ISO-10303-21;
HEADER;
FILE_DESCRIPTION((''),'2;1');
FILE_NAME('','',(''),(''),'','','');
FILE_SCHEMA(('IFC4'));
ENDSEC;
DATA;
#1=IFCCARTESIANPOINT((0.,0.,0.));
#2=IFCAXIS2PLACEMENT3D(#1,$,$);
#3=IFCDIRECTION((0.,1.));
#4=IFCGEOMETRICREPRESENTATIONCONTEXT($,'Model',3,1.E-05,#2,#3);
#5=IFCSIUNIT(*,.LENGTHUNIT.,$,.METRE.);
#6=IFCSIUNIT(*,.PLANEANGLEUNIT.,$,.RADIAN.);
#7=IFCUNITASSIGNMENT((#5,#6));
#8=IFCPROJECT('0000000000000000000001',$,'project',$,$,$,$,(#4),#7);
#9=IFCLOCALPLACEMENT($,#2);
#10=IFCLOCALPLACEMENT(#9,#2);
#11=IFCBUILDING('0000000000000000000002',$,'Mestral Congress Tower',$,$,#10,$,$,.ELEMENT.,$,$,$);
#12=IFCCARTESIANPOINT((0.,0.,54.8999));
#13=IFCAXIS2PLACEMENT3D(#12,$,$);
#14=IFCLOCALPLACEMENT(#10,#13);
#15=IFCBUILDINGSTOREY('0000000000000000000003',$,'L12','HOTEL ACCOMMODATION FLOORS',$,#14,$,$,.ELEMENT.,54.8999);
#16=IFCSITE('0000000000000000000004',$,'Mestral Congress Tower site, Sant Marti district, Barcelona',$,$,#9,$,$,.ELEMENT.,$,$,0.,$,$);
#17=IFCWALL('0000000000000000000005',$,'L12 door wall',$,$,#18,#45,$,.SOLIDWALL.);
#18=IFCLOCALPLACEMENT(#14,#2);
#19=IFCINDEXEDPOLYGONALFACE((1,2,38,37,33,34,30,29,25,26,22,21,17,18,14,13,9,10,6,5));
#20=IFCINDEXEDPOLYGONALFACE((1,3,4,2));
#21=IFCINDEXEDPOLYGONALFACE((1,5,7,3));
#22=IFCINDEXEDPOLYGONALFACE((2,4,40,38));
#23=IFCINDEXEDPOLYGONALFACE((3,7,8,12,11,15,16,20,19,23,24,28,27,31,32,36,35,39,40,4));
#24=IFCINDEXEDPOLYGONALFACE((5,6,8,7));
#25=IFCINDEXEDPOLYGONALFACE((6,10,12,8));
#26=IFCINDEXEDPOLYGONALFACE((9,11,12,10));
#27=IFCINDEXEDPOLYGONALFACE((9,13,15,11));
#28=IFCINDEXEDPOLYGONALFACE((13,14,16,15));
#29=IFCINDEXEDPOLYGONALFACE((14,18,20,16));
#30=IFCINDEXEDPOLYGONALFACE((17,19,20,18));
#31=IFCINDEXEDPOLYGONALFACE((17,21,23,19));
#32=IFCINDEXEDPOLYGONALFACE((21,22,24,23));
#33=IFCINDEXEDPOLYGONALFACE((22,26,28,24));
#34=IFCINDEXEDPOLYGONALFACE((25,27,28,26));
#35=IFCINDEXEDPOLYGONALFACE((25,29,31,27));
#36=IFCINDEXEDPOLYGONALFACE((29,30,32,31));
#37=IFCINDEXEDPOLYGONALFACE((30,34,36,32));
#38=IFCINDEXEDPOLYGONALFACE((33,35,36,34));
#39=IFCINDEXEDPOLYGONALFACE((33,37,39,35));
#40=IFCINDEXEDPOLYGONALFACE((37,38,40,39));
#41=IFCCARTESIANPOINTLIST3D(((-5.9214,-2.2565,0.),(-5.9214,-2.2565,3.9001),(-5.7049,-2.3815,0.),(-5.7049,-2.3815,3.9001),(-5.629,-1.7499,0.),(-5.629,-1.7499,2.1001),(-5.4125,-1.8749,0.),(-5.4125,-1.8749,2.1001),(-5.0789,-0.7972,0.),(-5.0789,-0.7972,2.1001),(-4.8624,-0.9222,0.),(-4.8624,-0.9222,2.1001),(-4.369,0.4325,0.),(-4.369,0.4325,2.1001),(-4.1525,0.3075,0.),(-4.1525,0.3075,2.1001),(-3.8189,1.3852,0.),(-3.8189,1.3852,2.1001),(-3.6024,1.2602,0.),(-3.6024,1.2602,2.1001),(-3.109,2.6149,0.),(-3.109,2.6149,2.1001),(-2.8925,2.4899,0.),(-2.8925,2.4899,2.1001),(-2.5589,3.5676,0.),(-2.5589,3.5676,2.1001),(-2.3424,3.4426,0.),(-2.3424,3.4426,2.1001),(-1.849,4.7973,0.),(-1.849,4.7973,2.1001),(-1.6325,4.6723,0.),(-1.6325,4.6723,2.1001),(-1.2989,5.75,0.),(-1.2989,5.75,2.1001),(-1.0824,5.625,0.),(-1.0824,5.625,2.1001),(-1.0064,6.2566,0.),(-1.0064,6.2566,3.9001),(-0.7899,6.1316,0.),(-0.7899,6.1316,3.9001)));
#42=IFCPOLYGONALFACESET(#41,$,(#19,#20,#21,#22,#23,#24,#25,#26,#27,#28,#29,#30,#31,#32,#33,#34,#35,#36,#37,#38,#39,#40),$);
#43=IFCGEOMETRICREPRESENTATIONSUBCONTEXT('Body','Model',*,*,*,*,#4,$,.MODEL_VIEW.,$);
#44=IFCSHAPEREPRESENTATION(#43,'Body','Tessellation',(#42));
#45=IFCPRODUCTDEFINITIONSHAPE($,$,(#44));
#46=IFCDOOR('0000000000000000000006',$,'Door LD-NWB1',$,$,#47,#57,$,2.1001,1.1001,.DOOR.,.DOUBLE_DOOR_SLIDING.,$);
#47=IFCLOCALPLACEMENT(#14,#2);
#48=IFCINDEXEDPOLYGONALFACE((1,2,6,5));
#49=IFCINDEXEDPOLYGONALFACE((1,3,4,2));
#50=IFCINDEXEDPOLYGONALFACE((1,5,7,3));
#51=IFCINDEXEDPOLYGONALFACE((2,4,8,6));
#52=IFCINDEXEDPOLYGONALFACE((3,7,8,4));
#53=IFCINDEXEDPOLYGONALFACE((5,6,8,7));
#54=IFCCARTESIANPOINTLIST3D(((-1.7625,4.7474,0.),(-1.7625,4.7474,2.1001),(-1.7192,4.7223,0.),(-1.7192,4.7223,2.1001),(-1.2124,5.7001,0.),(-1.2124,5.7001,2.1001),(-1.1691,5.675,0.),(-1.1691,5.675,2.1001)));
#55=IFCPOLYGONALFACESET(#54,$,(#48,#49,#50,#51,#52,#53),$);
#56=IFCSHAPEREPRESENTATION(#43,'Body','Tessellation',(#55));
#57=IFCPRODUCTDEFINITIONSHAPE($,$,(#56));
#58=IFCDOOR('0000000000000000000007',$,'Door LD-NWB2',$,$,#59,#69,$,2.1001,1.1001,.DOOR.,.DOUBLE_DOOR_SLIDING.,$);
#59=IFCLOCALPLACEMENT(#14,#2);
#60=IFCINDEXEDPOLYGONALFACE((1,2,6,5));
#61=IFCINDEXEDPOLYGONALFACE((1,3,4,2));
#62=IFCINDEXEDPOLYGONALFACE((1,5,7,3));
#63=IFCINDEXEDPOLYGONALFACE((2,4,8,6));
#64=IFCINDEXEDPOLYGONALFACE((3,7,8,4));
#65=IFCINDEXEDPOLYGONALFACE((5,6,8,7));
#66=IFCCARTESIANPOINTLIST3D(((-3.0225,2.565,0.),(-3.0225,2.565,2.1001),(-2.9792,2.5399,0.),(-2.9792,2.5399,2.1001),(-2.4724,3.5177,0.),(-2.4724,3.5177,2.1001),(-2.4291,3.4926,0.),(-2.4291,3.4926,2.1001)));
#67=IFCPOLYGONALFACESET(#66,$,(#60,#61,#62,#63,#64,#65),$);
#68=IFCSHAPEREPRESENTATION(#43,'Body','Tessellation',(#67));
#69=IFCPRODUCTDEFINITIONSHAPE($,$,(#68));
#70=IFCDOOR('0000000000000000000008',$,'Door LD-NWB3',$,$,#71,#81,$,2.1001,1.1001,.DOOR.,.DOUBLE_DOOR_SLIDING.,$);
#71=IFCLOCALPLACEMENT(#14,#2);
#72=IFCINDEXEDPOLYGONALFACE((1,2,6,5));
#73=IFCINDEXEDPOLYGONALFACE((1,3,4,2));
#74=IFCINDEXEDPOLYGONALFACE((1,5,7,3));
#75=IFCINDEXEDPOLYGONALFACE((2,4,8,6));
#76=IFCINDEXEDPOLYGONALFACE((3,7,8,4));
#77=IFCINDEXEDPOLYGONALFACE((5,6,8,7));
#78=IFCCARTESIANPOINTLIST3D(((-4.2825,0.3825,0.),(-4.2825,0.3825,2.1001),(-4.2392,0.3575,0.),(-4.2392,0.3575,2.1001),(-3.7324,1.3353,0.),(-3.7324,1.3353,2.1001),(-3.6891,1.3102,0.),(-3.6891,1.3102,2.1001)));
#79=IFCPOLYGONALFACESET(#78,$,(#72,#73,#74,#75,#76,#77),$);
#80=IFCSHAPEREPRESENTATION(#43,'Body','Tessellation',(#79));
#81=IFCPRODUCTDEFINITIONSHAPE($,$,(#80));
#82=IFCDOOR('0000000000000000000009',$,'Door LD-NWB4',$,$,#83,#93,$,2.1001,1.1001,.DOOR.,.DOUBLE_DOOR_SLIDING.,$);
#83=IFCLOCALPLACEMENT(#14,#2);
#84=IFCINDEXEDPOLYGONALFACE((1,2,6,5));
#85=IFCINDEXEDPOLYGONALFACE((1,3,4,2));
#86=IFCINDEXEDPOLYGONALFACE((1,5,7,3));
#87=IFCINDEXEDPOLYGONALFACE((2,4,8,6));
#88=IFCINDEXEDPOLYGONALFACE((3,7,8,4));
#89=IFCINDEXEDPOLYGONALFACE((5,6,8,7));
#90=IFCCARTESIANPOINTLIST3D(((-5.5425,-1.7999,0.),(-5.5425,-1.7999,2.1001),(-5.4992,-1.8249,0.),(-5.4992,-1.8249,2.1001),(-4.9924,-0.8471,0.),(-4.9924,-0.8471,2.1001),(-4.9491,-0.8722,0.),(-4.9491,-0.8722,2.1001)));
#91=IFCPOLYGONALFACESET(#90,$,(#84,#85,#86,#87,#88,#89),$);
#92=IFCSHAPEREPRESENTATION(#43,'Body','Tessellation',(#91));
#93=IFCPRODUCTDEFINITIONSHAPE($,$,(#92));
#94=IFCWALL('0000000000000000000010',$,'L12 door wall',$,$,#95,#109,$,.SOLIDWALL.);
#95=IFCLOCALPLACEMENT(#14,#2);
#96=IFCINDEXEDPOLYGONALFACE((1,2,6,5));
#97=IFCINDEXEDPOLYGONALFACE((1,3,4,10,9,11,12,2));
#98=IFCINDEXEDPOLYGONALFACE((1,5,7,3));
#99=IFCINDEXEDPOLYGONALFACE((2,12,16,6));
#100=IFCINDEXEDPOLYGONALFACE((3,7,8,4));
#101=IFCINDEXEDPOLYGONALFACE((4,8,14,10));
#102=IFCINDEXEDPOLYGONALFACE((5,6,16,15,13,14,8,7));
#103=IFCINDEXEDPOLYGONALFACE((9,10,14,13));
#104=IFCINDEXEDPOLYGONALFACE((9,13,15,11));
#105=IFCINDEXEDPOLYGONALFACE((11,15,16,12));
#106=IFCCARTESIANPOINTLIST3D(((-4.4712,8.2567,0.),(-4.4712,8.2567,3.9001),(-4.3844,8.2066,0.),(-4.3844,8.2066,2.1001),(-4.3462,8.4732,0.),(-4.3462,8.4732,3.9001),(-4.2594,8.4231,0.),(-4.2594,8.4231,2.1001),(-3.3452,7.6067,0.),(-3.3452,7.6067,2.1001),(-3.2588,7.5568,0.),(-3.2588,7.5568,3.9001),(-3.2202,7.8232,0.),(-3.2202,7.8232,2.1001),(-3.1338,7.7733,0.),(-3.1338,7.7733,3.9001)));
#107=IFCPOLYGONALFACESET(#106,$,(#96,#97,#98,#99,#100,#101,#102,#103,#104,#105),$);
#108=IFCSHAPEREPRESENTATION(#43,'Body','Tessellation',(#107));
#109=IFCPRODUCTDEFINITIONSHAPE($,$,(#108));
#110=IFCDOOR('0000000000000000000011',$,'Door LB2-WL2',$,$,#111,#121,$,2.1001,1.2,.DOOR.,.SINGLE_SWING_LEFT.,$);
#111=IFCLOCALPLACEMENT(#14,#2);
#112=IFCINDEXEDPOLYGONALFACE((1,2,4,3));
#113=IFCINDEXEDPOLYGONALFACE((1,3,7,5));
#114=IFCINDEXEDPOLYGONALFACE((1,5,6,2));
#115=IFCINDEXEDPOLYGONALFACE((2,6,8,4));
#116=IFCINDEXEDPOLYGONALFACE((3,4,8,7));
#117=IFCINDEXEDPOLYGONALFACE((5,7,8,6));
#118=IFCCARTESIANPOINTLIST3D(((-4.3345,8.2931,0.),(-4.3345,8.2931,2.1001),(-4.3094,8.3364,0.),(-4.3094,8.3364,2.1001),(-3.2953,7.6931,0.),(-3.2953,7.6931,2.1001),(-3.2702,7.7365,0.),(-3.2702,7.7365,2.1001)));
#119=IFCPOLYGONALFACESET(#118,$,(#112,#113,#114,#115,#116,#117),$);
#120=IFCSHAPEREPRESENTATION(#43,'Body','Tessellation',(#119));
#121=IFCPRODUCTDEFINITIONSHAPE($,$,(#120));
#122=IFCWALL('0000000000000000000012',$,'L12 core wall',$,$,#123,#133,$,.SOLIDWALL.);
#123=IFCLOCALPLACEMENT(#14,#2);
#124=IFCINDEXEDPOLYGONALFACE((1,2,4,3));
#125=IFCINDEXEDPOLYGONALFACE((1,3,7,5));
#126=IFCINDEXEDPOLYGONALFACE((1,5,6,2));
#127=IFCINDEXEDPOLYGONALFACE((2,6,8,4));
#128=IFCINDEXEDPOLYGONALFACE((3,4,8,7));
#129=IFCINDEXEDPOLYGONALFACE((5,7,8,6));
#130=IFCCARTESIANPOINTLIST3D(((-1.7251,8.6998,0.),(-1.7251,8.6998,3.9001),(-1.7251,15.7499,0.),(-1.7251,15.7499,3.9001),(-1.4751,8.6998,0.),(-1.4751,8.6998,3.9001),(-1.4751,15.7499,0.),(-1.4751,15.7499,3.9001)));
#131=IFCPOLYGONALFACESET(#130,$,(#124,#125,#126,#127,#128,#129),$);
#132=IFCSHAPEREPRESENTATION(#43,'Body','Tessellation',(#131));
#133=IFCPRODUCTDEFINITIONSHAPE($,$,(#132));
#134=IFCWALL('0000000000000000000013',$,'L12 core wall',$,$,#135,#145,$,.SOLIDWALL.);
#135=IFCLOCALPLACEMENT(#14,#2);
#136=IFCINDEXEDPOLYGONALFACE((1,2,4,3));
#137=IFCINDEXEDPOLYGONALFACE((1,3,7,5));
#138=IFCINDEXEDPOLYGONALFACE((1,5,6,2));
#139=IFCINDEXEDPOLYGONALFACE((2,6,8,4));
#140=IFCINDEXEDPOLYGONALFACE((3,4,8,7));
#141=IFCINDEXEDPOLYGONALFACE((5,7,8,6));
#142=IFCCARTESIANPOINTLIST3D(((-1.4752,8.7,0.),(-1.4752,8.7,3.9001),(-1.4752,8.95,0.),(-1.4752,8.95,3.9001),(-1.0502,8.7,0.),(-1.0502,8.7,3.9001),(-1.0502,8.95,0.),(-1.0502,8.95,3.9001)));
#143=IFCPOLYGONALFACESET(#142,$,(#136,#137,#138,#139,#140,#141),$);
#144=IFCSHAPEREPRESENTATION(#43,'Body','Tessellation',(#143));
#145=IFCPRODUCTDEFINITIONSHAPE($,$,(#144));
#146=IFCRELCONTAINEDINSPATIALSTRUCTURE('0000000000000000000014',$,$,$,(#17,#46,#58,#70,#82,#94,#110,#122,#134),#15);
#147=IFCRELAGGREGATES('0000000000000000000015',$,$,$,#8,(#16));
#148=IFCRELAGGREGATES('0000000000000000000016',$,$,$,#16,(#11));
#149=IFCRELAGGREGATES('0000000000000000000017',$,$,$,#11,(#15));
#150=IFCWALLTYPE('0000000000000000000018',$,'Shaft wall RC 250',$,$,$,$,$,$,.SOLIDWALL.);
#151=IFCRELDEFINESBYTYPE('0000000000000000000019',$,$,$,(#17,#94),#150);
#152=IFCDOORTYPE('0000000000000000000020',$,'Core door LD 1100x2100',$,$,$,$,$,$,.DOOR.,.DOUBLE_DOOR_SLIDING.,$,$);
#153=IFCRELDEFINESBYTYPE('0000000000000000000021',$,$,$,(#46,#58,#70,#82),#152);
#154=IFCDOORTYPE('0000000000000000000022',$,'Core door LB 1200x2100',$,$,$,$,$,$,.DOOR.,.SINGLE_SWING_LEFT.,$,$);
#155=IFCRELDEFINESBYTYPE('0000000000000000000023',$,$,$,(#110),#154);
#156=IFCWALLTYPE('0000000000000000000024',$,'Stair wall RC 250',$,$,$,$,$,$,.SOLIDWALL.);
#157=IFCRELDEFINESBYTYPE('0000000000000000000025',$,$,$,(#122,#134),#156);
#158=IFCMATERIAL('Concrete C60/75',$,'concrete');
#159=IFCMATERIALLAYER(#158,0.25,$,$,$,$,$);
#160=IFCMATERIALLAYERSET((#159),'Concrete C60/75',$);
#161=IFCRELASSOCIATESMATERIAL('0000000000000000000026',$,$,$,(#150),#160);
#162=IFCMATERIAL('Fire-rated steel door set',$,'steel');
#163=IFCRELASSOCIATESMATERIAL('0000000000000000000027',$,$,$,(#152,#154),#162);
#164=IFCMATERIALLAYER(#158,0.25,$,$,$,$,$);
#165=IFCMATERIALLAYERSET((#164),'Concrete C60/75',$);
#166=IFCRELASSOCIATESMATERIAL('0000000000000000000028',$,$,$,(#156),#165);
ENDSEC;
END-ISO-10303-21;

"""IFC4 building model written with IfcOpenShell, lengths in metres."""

from ifc_helpers import new_model, si_unit, direction, frame, frame_2d, origin, place, context, subcontext, project, spatial, rectangle, extrude, material, layer, layer_set, type_object, element, fill, save


model = new_model("IFC4")

# Units and contexts
model_context = context("Model", 3, precision=1e-05, world=origin(), true_north=direction((0.0, 1.0)))
body_context = subcontext(model_context, "Body", "Model", "MODEL_VIEW")
ifc_project = project(units=[si_unit("LENGTHUNIT", "METRE"), si_unit("PLANEANGLEUNIT", "RADIAN")], contexts=[model_context])

# Site, building, storey
site_placement = place(None, origin())
site = spatial("IfcSite", under=ifc_project, at=site_placement, Name="Mestral Congress Tower site, Sant Marti district, Barcelona", CompositionType="ELEMENT", RefElevation=0.0)
building_placement = place(site_placement, origin())
building = spatial("IfcBuilding", under=site, at=building_placement, Name="Mestral Congress Tower", CompositionType="ELEMENT")
storey_placement = place(building_placement, frame((0.0, 0.0, 54.8999)))
storey = spatial("IfcBuildingStorey", under=building, at=storey_placement, Name="L12", Description="HOTEL ACCOMMODATION FLOORS", CompositionType="ELEMENT", Elevation=54.8999)

# Shared definitions
ifc_material_1 = material(Name="Fire-rated steel door set", Category="steel")

# Shared definitions
ifc_material_2 = material(Name="Concrete C60/75", Category="concrete")
ifc_layer_1 = layer(ifc_material_2, 0.25)
ifc_layer_set_1 = layer_set([ifc_layer_1], Name="Concrete C60/75")
wall_type_1 = type_object("IfcWallType", Name="Shaft wall RC 250", PredefinedType="SOLIDWALL", material=ifc_layer_set_1)

# Wall, openings, doors
wall_1_placement = place(storey_placement, frame((-0.8982, 6.1941, 0.0), z_axis=(0.0, 0.0, 1.0), x_axis=(-0.499996, -0.866028, 0.0)))
wall_1 = element("IfcWall", 1, at=wall_1_placement, inside=storey, type_object=wall_type_1, Name="L12 door wall", PredefinedType="SOLIDWALL", context=body_context, shape_type="SweptSolid", body=[
    extrude(rectangle(XDim=9.8301, YDim=0.25, at=frame_2d((4.915, 0.0))), origin(), (0.0, 0.0, 1.0), 3.9001),
])
opening_1_placement = place(wall_1_placement, frame((0.585, 0.0, 0.0)))
opening_1 = element("IfcOpeningElement", 2, at=opening_1_placement, cuts=wall_1, PredefinedType="OPENING", context=body_context, shape_type="SweptSolid", body=[
    extrude(rectangle(XDim=1.1001, YDim=2.1001, at=frame_2d((0.55, 1.05))), frame((0.0, 0.135, 0.0), z_axis=(0.0, -1.0, 0.0), x_axis=(1.0, 0.0, 0.0)), (0.0, 0.0, 1.0), 0.27),
])
opening_2_placement = place(wall_1_placement, frame((3.105, 0.0, 0.0)))
opening_2 = element("IfcOpeningElement", 3, at=opening_2_placement, cuts=wall_1, PredefinedType="OPENING", context=body_context, shape_type="SweptSolid", body=[
    extrude(rectangle(XDim=1.1001, YDim=2.1001, at=frame_2d((0.55, 1.05))), frame((0.0, 0.135, 0.0), z_axis=(0.0, -1.0, 0.0), x_axis=(1.0, 0.0, 0.0)), (0.0, 0.0, 1.0), 0.27),
])
opening_3_placement = place(wall_1_placement, frame((5.625, 0.0, 0.0)))
opening_3 = element("IfcOpeningElement", 4, at=opening_3_placement, cuts=wall_1, PredefinedType="OPENING", context=body_context, shape_type="SweptSolid", body=[
    extrude(rectangle(XDim=1.1001, YDim=2.1001, at=frame_2d((0.55, 1.05))), frame((0.0, 0.135, 0.0), z_axis=(0.0, -1.0, 0.0), x_axis=(1.0, 0.0, 0.0)), (0.0, 0.0, 1.0), 0.27),
])
opening_4_placement = place(wall_1_placement, frame((8.145, 0.0, 0.0)))
opening_4 = element("IfcOpeningElement", 5, at=opening_4_placement, cuts=wall_1, PredefinedType="OPENING", context=body_context, shape_type="SweptSolid", body=[
    extrude(rectangle(XDim=1.1001, YDim=2.1001, at=frame_2d((0.55, 1.05))), frame((0.0, 0.135, 0.0), z_axis=(0.0, -1.0, 0.0), x_axis=(1.0, 0.0, 0.0)), (0.0, 0.0, 1.0), 0.27),
])
door_type_1 = type_object("IfcDoorType", Name="Core door LD 1100x2100", OperationType="DOUBLE_DOOR_SLIDING", PredefinedType="DOOR", material=ifc_material_1)
door_1_placement = place(opening_1_placement, origin())
door_1 = element("IfcDoor", 6, at=door_1_placement, inside=storey, type_object=door_type_1, Name="Door LD-NWB1", OperationType="DOUBLE_DOOR_SLIDING", OverallHeight=2.1001, OverallWidth=1.1001, PredefinedType="DOOR", context=body_context, shape_type="SweptSolid", body=[
    extrude(rectangle(XDim=1.1001, YDim=2.1001, at=frame_2d((0.55, 1.05))), frame((0.0, 0.0249, 0.0), z_axis=(0.0, -1.0, 0.0), x_axis=(1.0, 0.0, 0.0)), (0.0, 0.0, 1.0), 0.05),
])
fill(opening_1, door_1)
door_2_placement = place(opening_2_placement, origin())
door_2 = element("IfcDoor", 7, at=door_2_placement, inside=storey, type_object=door_type_1, Name="Door LD-NWB2", OperationType="DOUBLE_DOOR_SLIDING", OverallHeight=2.1001, OverallWidth=1.1001, PredefinedType="DOOR", context=body_context, shape_type="SweptSolid", body=[
    extrude(rectangle(XDim=1.1001, YDim=2.1001, at=frame_2d((0.55, 1.05))), frame((0.0, 0.0249, 0.0), z_axis=(0.0, -1.0, 0.0), x_axis=(1.0, 0.0, 0.0)), (0.0, 0.0, 1.0), 0.05),
])
fill(opening_2, door_2)
door_3_placement = place(opening_3_placement, origin())
door_3 = element("IfcDoor", 8, at=door_3_placement, inside=storey, type_object=door_type_1, Name="Door LD-NWB3", OperationType="DOUBLE_DOOR_SLIDING", OverallHeight=2.1001, OverallWidth=1.1001, PredefinedType="DOOR", context=body_context, shape_type="SweptSolid", body=[
    extrude(rectangle(XDim=1.1001, YDim=2.1001, at=frame_2d((0.55, 1.05))), frame((0.0, 0.0249, 0.0), z_axis=(0.0, -1.0, 0.0), x_axis=(1.0, 0.0, 0.0)), (0.0, 0.0, 1.0), 0.05),
])
fill(opening_3, door_3)
door_4_placement = place(opening_4_placement, origin())
door_4 = element("IfcDoor", 9, at=door_4_placement, inside=storey, type_object=door_type_1, Name="Door LD-NWB4", OperationType="DOUBLE_DOOR_SLIDING", OverallHeight=2.1001, OverallWidth=1.1001, PredefinedType="DOOR", context=body_context, shape_type="SweptSolid", body=[
    extrude(rectangle(XDim=1.1001, YDim=2.1001, at=frame_2d((0.55, 1.05))), frame((0.0, 0.0249, 0.0), z_axis=(0.0, -1.0, 0.0), x_axis=(1.0, 0.0, 0.0)), (0.0, 0.0, 1.0), 0.05),
])
fill(opening_4, door_4)

# Wall, opening, door
wall_2_placement = place(storey_placement, frame((-4.4087, 8.365, 0.0), z_axis=(0.0, 0.0, 1.0), x_axis=(0.866035, -0.499984, 0.0)))
wall_2 = element("IfcWall", 10, at=wall_2_placement, inside=storey, type_object=wall_type_1, Name="L12 door wall", PredefinedType="SOLIDWALL", context=body_context, shape_type="SweptSolid", body=[
    extrude(rectangle(XDim=1.3999, YDim=0.25, at=frame_2d((0.7, 0.0))), origin(), (0.0, 0.0, 1.0), 3.9001),
])
opening_5_placement = place(wall_2_placement, frame((0.1001, 0.0, 0.0)))
opening_5 = element("IfcOpeningElement", 11, at=opening_5_placement, cuts=wall_2, PredefinedType="OPENING", context=body_context, shape_type="SweptSolid", body=[
    extrude(rectangle(XDim=1.2, YDim=2.1001, at=frame_2d((0.6001, 1.05))), frame((0.0, 0.135, 0.0), z_axis=(0.0, -1.0, 0.0), x_axis=(1.0, 0.0, 0.0)), (0.0, 0.0, 1.0), 0.27),
])
door_type_2 = type_object("IfcDoorType", Name="Core door LB 1200x2100", OperationType="SINGLE_SWING_LEFT", PredefinedType="DOOR", material=ifc_material_1)
door_5_placement = place(opening_5_placement, origin())
door_5 = element("IfcDoor", 12, at=door_5_placement, inside=storey, type_object=door_type_2, Name="Door LB2-WL2", OperationType="SINGLE_SWING_LEFT", OverallHeight=2.1001, OverallWidth=1.2, PredefinedType="DOOR", context=body_context, shape_type="SweptSolid", body=[
    extrude(rectangle(XDim=1.2, YDim=2.1001, at=frame_2d((0.6001, 1.05))), frame((0.0, 0.0249, 0.0), z_axis=(0.0, -1.0, 0.0), x_axis=(1.0, 0.0, 0.0)), (0.0, 0.0, 1.0), 0.05),
])
fill(opening_5, door_5)

# Walls
ifc_layer_2 = layer(ifc_material_2, 0.25)
ifc_layer_set_2 = layer_set([ifc_layer_2], Name="Concrete C60/75")
wall_type_2 = type_object("IfcWallType", Name="Stair wall RC 250", PredefinedType="SOLIDWALL", material=ifc_layer_set_2)
wall_3_placement = place(storey_placement, frame((-1.6001, 8.7, 0.0), z_axis=(0.0, 0.0, 1.0), x_axis=(0.0, 1.0, 0.0)))
element("IfcWall", 13, at=wall_3_placement, inside=storey, type_object=wall_type_2, Name="L12 core wall", PredefinedType="SOLIDWALL", context=body_context, shape_type="SweptSolid", body=[
    extrude(rectangle(XDim=7.05, YDim=0.25, at=frame_2d((3.5249, 0.0))), origin(), (0.0, 0.0, 1.0), 3.9001),
])
wall_4_placement = place(storey_placement, frame((-1.4751, 8.825, 0.0), z_axis=(0.0, 0.0, 1.0), x_axis=(1.0, 0.0, 0.0)))
element("IfcWall", 14, at=wall_4_placement, inside=storey, type_object=wall_type_2, Name="L12 core wall", PredefinedType="SOLIDWALL", context=body_context, shape_type="SweptSolid", body=[
    extrude(rectangle(XDim=0.425, YDim=0.25, at=frame_2d((0.2124, 0.0))), origin(), (0.0, 0.0, 1.0), 3.9001),
])

save(model, "model.ifc")
